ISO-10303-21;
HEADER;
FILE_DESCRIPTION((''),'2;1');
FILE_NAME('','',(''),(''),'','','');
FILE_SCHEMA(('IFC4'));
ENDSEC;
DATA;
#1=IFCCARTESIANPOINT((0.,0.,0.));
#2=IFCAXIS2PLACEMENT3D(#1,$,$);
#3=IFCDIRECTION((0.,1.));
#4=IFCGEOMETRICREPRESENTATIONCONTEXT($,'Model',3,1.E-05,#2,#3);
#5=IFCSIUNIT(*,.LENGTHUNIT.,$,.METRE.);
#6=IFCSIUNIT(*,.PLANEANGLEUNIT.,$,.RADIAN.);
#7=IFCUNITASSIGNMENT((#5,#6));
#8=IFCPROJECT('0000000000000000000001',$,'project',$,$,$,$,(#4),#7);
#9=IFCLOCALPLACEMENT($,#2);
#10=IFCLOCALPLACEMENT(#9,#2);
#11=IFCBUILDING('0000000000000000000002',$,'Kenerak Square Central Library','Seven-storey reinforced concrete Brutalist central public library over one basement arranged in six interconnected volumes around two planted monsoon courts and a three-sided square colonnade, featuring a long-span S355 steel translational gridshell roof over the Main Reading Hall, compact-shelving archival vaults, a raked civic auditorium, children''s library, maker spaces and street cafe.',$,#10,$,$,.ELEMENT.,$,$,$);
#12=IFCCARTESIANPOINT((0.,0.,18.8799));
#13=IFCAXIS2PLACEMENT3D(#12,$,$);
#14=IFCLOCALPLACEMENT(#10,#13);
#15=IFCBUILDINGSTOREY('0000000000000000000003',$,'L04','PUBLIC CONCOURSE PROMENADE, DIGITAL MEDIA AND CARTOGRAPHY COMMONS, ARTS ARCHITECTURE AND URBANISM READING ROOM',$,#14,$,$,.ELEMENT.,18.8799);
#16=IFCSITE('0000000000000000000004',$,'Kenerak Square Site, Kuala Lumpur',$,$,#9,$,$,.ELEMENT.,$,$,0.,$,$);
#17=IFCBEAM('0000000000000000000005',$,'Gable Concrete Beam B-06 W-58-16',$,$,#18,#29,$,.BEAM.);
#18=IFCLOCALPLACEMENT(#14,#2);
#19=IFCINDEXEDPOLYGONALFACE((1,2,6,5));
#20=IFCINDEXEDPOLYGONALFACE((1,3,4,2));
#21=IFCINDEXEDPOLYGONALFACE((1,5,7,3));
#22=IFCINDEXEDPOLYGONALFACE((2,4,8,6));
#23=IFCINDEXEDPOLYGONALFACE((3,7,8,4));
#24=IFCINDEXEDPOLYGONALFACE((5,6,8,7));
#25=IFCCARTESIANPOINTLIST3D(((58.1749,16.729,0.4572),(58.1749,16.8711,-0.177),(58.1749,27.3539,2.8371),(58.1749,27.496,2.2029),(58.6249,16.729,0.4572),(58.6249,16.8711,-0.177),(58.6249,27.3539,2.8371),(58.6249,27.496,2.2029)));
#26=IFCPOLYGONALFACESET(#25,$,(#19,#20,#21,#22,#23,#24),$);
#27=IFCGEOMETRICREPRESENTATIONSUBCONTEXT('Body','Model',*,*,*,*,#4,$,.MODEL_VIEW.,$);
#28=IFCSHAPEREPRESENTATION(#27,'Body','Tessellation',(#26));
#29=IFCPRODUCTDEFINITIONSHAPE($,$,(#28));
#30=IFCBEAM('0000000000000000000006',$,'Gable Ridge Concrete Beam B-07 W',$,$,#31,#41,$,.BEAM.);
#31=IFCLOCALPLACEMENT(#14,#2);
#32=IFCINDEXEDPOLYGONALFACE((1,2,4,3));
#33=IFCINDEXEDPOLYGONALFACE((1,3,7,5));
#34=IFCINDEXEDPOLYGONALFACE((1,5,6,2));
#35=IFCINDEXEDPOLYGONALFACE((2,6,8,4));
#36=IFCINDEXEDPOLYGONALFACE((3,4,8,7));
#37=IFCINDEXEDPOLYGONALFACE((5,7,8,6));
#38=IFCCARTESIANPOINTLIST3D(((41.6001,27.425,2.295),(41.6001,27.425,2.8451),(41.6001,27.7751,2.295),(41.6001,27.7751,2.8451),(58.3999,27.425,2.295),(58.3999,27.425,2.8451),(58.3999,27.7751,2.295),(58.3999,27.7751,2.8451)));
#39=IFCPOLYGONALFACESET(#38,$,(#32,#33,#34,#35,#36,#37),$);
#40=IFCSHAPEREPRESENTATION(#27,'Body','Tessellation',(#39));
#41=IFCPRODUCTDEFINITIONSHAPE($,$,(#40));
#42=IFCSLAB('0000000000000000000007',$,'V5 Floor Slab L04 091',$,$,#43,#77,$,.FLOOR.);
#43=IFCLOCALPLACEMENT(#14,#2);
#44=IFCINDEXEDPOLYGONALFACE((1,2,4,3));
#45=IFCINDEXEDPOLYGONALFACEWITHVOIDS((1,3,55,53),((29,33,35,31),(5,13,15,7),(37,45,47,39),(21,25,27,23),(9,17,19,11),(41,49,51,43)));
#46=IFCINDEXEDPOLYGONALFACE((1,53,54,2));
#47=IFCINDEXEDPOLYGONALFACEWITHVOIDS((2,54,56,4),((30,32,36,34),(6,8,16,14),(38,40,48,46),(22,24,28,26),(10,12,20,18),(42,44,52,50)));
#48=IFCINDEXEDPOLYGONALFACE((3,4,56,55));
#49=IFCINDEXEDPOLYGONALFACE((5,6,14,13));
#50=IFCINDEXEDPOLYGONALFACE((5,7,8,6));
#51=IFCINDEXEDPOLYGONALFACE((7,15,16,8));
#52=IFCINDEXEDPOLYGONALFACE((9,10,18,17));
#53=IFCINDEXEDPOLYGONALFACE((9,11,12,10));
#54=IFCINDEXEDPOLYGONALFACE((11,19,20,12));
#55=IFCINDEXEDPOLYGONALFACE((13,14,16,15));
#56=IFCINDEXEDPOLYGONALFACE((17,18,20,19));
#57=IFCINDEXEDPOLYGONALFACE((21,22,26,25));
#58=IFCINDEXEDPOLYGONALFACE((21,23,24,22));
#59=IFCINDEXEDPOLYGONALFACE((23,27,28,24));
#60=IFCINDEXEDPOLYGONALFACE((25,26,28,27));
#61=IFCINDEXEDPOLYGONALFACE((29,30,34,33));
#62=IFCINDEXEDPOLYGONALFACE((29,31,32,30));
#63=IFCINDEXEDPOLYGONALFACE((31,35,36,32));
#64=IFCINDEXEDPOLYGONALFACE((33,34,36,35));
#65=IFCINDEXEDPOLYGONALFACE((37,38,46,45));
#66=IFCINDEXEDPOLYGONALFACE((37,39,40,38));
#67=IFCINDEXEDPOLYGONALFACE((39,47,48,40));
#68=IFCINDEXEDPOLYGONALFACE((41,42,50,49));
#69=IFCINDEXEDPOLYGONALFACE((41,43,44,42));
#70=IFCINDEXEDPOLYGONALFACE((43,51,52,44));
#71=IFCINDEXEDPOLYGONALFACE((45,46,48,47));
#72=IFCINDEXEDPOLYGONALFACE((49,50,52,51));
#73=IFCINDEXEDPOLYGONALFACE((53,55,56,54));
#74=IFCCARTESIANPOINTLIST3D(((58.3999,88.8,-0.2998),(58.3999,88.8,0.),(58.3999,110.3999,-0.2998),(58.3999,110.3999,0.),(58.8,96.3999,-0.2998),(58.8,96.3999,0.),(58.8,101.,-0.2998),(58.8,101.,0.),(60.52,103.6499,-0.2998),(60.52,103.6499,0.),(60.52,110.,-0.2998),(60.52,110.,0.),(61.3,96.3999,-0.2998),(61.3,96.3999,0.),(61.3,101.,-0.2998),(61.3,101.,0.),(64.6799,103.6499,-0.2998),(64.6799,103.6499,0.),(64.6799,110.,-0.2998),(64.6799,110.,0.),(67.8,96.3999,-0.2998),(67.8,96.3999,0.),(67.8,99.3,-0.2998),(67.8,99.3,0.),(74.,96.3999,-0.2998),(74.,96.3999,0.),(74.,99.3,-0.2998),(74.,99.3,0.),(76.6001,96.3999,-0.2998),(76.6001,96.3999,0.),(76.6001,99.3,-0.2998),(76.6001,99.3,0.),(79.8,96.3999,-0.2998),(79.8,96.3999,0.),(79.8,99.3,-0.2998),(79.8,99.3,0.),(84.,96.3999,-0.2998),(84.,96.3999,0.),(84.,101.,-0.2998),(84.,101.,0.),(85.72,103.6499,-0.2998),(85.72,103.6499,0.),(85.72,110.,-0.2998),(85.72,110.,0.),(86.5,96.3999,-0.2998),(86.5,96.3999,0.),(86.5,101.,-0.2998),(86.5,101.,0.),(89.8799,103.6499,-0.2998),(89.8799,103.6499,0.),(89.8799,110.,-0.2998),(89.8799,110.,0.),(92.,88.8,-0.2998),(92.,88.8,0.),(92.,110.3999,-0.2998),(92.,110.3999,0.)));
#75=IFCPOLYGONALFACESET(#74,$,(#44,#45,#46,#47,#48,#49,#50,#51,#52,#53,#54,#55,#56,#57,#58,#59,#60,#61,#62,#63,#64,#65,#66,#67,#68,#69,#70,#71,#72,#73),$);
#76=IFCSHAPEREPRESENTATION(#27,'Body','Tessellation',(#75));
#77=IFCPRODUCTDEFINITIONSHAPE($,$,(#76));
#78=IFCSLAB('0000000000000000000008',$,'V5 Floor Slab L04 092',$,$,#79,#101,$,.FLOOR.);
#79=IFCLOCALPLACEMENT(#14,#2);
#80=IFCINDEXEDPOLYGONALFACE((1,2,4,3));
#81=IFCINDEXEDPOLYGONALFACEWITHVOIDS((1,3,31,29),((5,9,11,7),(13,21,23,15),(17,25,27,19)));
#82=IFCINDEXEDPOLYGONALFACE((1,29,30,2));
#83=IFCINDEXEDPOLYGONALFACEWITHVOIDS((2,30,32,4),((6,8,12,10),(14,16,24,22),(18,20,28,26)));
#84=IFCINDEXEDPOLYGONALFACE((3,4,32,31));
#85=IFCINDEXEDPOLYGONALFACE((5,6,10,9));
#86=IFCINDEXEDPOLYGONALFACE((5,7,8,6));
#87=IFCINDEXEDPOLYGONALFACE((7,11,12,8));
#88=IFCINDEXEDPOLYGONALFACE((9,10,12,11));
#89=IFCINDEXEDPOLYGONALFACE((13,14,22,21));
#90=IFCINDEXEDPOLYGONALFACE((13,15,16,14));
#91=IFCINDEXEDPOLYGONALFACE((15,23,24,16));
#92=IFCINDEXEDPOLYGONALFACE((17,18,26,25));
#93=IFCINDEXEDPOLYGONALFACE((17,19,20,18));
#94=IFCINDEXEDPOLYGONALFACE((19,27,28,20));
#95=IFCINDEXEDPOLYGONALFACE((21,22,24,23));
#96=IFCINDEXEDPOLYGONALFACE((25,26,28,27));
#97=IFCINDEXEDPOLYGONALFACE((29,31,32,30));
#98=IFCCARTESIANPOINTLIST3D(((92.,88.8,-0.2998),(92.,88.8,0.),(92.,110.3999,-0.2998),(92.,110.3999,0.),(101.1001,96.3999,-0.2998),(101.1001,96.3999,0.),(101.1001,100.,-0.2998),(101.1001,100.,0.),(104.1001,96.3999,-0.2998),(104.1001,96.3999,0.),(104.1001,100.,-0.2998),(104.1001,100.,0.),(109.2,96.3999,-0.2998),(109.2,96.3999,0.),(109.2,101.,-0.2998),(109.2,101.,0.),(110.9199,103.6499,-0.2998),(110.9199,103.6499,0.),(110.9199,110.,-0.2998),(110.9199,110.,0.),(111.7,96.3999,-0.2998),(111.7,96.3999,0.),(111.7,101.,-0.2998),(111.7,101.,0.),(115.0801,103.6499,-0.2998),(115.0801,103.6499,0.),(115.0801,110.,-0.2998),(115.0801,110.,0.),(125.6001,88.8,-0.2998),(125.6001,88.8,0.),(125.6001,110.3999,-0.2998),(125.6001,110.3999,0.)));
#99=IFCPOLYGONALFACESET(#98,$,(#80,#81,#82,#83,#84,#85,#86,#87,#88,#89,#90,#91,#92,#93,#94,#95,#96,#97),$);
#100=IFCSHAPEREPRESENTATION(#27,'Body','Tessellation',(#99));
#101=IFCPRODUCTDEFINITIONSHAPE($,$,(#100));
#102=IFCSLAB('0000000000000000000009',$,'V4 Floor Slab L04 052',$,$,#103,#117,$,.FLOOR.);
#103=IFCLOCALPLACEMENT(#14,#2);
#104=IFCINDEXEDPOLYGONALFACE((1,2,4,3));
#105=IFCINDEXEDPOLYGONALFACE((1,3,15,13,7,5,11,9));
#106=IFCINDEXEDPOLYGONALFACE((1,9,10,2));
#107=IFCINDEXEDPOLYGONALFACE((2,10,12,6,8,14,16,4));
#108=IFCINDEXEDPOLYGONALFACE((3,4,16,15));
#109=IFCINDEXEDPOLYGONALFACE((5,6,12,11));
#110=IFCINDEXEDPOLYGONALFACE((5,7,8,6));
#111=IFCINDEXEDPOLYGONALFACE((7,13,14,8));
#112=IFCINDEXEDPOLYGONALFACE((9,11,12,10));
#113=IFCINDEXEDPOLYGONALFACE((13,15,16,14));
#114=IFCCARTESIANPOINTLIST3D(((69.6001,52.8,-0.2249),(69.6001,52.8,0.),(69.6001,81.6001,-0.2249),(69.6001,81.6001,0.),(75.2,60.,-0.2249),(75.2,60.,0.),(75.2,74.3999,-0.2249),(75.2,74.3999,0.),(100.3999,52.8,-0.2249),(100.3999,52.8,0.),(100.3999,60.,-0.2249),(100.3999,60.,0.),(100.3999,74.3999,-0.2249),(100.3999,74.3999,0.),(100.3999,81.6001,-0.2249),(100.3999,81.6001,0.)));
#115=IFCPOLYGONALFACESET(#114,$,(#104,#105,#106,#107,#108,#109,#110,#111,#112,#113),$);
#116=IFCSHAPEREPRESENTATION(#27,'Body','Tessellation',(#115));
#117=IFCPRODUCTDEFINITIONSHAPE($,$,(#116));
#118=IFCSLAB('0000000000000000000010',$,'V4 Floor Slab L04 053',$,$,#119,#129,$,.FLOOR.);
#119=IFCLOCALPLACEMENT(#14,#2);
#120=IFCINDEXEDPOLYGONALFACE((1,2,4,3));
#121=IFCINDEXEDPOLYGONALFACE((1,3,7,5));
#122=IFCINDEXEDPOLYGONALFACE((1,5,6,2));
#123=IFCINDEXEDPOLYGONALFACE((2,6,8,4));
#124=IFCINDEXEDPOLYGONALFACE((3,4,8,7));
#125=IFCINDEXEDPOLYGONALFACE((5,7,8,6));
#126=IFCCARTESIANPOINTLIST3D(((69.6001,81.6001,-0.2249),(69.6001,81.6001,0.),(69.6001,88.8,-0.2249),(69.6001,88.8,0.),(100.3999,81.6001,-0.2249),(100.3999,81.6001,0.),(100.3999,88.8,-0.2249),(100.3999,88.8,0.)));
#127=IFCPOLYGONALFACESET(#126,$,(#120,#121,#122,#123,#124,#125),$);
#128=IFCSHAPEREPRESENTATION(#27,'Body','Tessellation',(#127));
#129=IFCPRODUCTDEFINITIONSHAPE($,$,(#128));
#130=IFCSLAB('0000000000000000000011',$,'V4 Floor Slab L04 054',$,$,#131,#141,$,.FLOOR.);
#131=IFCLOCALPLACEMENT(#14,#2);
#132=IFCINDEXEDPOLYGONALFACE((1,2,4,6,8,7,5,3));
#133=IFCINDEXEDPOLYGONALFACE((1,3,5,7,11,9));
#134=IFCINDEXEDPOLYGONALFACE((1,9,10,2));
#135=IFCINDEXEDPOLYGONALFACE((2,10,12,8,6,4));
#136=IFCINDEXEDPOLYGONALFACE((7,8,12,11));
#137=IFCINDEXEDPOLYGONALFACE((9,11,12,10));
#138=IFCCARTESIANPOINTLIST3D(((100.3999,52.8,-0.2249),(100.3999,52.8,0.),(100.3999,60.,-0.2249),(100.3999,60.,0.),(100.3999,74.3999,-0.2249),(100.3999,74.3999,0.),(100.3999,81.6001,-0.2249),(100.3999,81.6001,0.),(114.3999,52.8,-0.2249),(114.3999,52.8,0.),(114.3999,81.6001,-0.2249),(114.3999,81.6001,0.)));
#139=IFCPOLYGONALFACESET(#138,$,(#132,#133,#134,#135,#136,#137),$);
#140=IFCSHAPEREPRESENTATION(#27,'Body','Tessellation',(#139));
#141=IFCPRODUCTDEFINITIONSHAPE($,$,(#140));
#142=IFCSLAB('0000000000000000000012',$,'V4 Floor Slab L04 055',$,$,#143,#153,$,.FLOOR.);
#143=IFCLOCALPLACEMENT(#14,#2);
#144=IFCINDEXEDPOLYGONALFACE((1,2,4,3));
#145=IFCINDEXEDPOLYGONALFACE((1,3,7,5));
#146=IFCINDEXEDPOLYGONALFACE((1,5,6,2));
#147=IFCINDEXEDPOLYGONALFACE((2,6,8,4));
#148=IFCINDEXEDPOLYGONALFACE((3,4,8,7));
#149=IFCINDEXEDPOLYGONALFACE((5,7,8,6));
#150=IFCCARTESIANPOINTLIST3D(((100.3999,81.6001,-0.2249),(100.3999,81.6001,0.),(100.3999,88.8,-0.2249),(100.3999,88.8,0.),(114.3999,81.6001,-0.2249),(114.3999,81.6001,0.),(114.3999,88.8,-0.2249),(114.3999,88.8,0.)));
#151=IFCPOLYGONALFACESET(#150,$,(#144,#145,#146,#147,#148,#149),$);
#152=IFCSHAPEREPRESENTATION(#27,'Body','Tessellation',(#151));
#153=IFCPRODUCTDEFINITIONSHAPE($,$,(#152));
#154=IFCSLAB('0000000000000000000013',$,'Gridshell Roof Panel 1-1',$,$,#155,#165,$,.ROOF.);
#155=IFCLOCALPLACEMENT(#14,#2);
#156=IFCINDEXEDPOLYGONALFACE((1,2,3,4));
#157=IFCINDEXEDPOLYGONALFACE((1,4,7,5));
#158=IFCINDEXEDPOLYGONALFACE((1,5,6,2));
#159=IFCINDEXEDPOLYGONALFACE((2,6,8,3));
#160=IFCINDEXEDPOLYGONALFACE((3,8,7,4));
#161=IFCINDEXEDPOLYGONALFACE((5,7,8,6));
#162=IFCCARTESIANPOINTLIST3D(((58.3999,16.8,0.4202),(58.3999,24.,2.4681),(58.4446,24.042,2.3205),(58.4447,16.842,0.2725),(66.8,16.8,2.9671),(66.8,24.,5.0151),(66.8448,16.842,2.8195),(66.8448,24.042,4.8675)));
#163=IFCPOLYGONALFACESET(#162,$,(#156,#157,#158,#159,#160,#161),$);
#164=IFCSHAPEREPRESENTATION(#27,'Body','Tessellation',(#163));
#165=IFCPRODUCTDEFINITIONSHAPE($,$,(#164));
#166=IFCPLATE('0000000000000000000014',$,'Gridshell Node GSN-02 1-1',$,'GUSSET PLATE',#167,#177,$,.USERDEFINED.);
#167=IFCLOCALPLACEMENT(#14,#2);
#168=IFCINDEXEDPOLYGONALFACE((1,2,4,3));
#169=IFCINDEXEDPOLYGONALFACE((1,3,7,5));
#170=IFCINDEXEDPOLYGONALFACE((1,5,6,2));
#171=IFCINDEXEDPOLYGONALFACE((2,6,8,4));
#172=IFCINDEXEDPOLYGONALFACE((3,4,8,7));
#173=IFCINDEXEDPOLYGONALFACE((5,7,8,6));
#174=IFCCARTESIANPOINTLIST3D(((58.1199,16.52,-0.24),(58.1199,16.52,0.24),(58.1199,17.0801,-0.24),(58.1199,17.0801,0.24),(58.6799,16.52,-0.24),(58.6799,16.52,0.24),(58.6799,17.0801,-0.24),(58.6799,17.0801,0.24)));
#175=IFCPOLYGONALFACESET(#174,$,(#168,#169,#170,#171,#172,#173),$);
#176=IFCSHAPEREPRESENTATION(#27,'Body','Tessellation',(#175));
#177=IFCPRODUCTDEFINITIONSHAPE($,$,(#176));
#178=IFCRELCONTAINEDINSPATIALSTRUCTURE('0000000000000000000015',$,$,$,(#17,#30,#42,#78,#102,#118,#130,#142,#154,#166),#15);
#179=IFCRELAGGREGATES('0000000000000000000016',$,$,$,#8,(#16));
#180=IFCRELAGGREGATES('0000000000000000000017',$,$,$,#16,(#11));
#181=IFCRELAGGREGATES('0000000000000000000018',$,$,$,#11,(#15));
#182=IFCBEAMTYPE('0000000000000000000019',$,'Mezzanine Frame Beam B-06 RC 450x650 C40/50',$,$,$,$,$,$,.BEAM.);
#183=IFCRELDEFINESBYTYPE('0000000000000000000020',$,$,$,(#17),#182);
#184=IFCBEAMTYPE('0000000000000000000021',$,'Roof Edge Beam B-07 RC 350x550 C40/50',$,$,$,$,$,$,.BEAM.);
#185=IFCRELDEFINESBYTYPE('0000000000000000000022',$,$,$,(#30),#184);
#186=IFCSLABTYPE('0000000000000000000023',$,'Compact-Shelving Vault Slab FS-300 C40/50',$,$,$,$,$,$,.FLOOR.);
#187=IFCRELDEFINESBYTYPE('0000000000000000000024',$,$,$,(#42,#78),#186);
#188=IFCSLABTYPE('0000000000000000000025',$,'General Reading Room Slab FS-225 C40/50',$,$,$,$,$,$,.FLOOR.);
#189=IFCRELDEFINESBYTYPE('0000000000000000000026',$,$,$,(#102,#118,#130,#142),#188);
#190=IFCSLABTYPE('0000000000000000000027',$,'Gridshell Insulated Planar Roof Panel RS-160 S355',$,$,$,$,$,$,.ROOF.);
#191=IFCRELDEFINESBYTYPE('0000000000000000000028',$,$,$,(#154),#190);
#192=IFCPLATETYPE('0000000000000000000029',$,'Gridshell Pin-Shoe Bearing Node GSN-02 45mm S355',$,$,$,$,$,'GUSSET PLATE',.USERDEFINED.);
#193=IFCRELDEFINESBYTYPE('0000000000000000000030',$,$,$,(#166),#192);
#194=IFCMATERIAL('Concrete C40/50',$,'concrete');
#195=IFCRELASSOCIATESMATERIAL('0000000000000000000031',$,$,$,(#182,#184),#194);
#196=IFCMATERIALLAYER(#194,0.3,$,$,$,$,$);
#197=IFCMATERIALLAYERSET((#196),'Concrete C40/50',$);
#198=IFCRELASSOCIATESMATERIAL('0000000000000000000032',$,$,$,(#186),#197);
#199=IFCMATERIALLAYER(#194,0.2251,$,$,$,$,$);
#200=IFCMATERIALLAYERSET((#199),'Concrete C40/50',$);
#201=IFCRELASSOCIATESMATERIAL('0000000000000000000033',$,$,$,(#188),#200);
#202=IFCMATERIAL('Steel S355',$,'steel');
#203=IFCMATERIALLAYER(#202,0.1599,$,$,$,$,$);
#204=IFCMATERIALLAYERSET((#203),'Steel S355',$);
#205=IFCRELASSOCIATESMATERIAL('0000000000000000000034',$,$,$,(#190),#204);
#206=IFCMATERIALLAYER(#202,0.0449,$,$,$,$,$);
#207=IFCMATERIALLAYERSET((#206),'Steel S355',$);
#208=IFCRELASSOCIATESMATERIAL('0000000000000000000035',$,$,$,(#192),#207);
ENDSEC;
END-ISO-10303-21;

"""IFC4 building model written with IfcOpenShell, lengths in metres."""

from ifc_helpers import new_model, si_unit, direction, frame, origin, origin_2d, place, context, subcontext, project, spatial, polyline, rectangle, outline, extrude, material, layer, layer_set, material_profile, profile_set, type_object, element, save


model = new_model("IFC4")

# Units and contexts
model_context = context("Model", 3, precision=1e-05, world=origin(), true_north=direction((0.0, 1.0)))
body_context = subcontext(model_context, "Body", "Model", "MODEL_VIEW")
ifc_project = project(units=[si_unit("LENGTHUNIT", "METRE"), si_unit("PLANEANGLEUNIT", "RADIAN")], contexts=[model_context])

# Site, building, storey
site_placement = place(None, origin())
site = spatial("IfcSite", under=ifc_project, at=site_placement, Name="Kenerak Square Site, Kuala Lumpur", CompositionType="ELEMENT", RefElevation=0.0)
building_placement = place(site_placement, origin())
building = spatial("IfcBuilding", under=site, at=building_placement, Name="Kenerak Square Central Library", Description="Seven-storey reinforced concrete Brutalist central public library over one basement arranged in six interconnected volumes around two planted monsoon courts and a three-sided square colonnade, featuring a long-span S355 steel translational gridshell roof over the Main Reading Hall, compact-shelving archival vaults, a raked civic auditorium, children's library, maker spaces and street cafe.", CompositionType="ELEMENT")
storey_placement = place(building_placement, frame((0.0, 0.0, 18.8799)))
storey = spatial("IfcBuildingStorey", under=building, at=storey_placement, Name="L04", Description="PUBLIC CONCOURSE PROMENADE, DIGITAL MEDIA AND CARTOGRAPHY COMMONS, ARTS ARCHITECTURE AND URBANISM READING ROOM", CompositionType="ELEMENT", Elevation=18.8799)

# Shared definitions
ifc_material_1 = material(Name="Concrete C40/50", Category="concrete")

# Shared definitions
ifc_material_2 = material(Name="Steel S355", Category="steel")

# Beams
ifc_material_profile_1 = material_profile(ifc_material_1, rectangle(XDim=0.45, YDim=0.6499, at=origin_2d()), Name="RC 450x650")
ifc_profile_set_1 = profile_set([ifc_material_profile_1], Name="Concrete C40/50")
beam_type_1 = type_object("IfcBeamType", Name="Mezzanine Frame Beam B-06 RC 450x650 C40/50", PredefinedType="BEAM", material=ifc_profile_set_1)
for number, where, z_axis, x_axis, name in (
    (1, (58.3999, 16.8, 0.1401), (0.0, 0.975821, 0.218573), (-1.0, 0.0, 0.0), "Gable Concrete Beam B-06 W-58-16"),
):
    element("IfcBeam", number, at=place(storey_placement, frame(where, z_axis=z_axis, x_axis=x_axis)), inside=storey, type_object=beam_type_1, Name=name, PredefinedType="BEAM", context=body_context, shape_type="SweptSolid", body=[
        extrude(rectangle(XDim=0.45, YDim=0.6499, at=origin_2d()), origin(), (0.0, 0.0, 1.0), 10.8882),
    ])
ifc_material_profile_2 = material_profile(ifc_material_1, rectangle(XDim=0.3501, YDim=0.55, at=origin_2d()), Name="RC 350x550")
ifc_profile_set_2 = profile_set([ifc_material_profile_2], Name="Concrete C40/50")
beam_type_2 = type_object("IfcBeamType", Name="Roof Edge Beam B-07 RC 350x550 C40/50", PredefinedType="BEAM", material=ifc_profile_set_2)
beam_placement = place(storey_placement, frame((41.6001, 27.6001, 2.5701), z_axis=(1.0, 0.0, 0.0), x_axis=(0.0, 1.0, 0.0)))
element("IfcBeam", 2, at=beam_placement, inside=storey, type_object=beam_type_2, Name="Gable Ridge Concrete Beam B-07 W", PredefinedType="BEAM", context=body_context, shape_type="SweptSolid", body=[
    extrude(rectangle(XDim=0.3501, YDim=0.55, at=origin_2d()), origin(), (0.0, 0.0, 1.0), 16.7998),
])

# Slabs
ifc_layer_1 = layer(ifc_material_1, 0.3)
ifc_layer_set_1 = layer_set([ifc_layer_1], Name="Concrete C40/50")
slab_type_1 = type_object("IfcSlabType", Name="Compact-Shelving Vault Slab FS-300 C40/50", PredefinedType="FLOOR", material=ifc_layer_set_1)
slab_1_placement = place(storey_placement, frame((0.0, 0.0, -0.2998)))
element("IfcSlab", 3, at=slab_1_placement, inside=storey, type_object=slab_type_1, Name="V5 Floor Slab L04 091", PredefinedType="FLOOR", context=body_context, shape_type="SweptSolid", body=[
    extrude(outline(polyline([(58.3999, 88.8), (58.3999, 110.3999), (92.0, 110.3999), (92.0, 88.8), (58.3999, 88.8)]), holes=[polyline([(64.6799, 103.6499), (64.6799, 110.0), (60.52, 110.0), (60.52, 103.6499), (64.6799, 103.6499)]), polyline([(89.8799, 103.6499), (89.8799, 110.0), (85.72, 110.0), (85.72, 103.6499), (89.8799, 103.6499)]), polyline([(67.8, 96.3999), (74.0, 96.3999), (74.0, 99.3), (67.8, 99.3), (67.8, 96.3999)]), polyline([(76.6001, 96.3999), (79.8, 96.3999), (79.8, 99.3), (76.6001, 99.3), (76.6001, 96.3999)]), polyline([(58.8, 96.3999), (61.3, 96.3999), (61.3, 101.0), (58.8, 101.0), (58.8, 96.3999)]), polyline([(84.0, 96.3999), (86.5, 96.3999), (86.5, 101.0), (84.0, 101.0), (84.0, 96.3999)])]), origin(), (0.0, 0.0, 1.0), 0.2998),
])
slab_2_placement = place(storey_placement, frame((0.0, 0.0, -0.2998)))
element("IfcSlab", 4, at=slab_2_placement, inside=storey, type_object=slab_type_1, Name="V5 Floor Slab L04 092", PredefinedType="FLOOR", context=body_context, shape_type="SweptSolid", body=[
    extrude(outline(polyline([(92.0, 88.8), (92.0, 110.3999), (125.6001, 110.3999), (125.6001, 88.8), (92.0, 88.8)]), holes=[polyline([(115.0801, 103.6499), (115.0801, 110.0), (110.9199, 110.0), (110.9199, 103.6499), (115.0801, 103.6499)]), polyline([(109.2, 96.3999), (111.7, 96.3999), (111.7, 101.0), (109.2, 101.0), (109.2, 96.3999)]), polyline([(101.1001, 96.3999), (104.1001, 96.3999), (104.1001, 100.0), (101.1001, 100.0), (101.1001, 96.3999)])]), origin(), (0.0, 0.0, 1.0), 0.2998),
])
ifc_layer_2 = layer(ifc_material_1, 0.2251)
ifc_layer_set_2 = layer_set([ifc_layer_2], Name="Concrete C40/50")
slab_type_2 = type_object("IfcSlabType", Name="General Reading Room Slab FS-225 C40/50", PredefinedType="FLOOR", material=ifc_layer_set_2)
slab_3_placement = place(storey_placement, frame((0.0, 0.0, -0.2249)))
element("IfcSlab", 5, at=slab_3_placement, inside=storey, type_object=slab_type_2, Name="V4 Floor Slab L04 052", PredefinedType="FLOOR", context=body_context, shape_type="SweptSolid", body=[
    extrude(outline(polyline([(100.3999, 52.8), (69.6001, 52.8), (69.6001, 81.6001), (100.3999, 81.6001), (100.3999, 74.3999), (75.2, 74.3999), (75.2, 60.0), (100.3999, 60.0), (100.3999, 52.8)])), origin(), (0.0, 0.0, 1.0), 0.2249),
])
slab_4_placement = place(storey_placement, frame((0.0, 0.0, -0.2249)))
element("IfcSlab", 6, at=slab_4_placement, inside=storey, type_object=slab_type_2, Name="V4 Floor Slab L04 053", PredefinedType="FLOOR", context=body_context, shape_type="SweptSolid", body=[
    extrude(outline(polyline([(69.6001, 81.6001), (69.6001, 88.8), (100.3999, 88.8), (100.3999, 81.6001), (69.6001, 81.6001)])), origin(), (0.0, 0.0, 1.0), 0.2249),
])
slab_5_placement = place(storey_placement, frame((0.0, 0.0, -0.2249)))
element("IfcSlab", 7, at=slab_5_placement, inside=storey, type_object=slab_type_2, Name="V4 Floor Slab L04 054", PredefinedType="FLOOR", context=body_context, shape_type="SweptSolid", body=[
    extrude(outline(polyline([(100.3999, 81.6001), (114.3999, 81.6001), (114.3999, 52.8), (100.3999, 52.8), (100.3999, 60.0), (100.3999, 74.3999), (100.3999, 81.6001)])), origin(), (0.0, 0.0, 1.0), 0.2249),
])
slab_6_placement = place(storey_placement, frame((0.0, 0.0, -0.2249)))
element("IfcSlab", 8, at=slab_6_placement, inside=storey, type_object=slab_type_2, Name="V4 Floor Slab L04 055", PredefinedType="FLOOR", context=body_context, shape_type="SweptSolid", body=[
    extrude(outline(polyline([(100.3999, 81.6001), (100.3999, 88.8), (114.3999, 88.8), (114.3999, 81.6001), (100.3999, 81.6001)])), origin(), (0.0, 0.0, 1.0), 0.2249),
])
ifc_layer_3 = layer(ifc_material_2, 0.1599)
ifc_layer_set_3 = layer_set([ifc_layer_3], Name="Steel S355")
slab_type_3 = type_object("IfcSlabType", Name="Gridshell Insulated Planar Roof Panel RS-160 S355", PredefinedType="ROOF", material=ifc_layer_set_3)
slab_7_placement = place(storey_placement, frame((58.3999, 16.8, 0.4202), z_axis=(-0.279977, -0.262648, 0.923379), x_axis=(0.956977, -0.000003, 0.290163)))
element("IfcSlab", 9, at=slab_7_placement, inside=storey, type_object=slab_type_3, Name="Gridshell Roof Panel 1-1", PredefinedType="ROOF", context=body_context, shape_type="SweptSolid", body=[
    extrude(outline(polyline([(0.0, 0.0), (8.7778, 0.0), (9.372, 7.462), (0.5942, 7.4619), (0.0, 0.0)])), origin(), (0.0, 0.0, -1.0), 0.1599),
])

# Plate
ifc_layer_4 = layer(ifc_material_2, 0.0449)
ifc_layer_set_4 = layer_set([ifc_layer_4], Name="Steel S355")
plate_type = type_object("IfcPlateType", Name="Gridshell Pin-Shoe Bearing Node GSN-02 45mm S355", ElementType="GUSSET PLATE", PredefinedType="USERDEFINED", material=ifc_layer_set_4)
plate_placement = place(storey_placement, frame((58.3999, 16.8, -0.24), z_axis=(0.0, 0.0, 1.0), x_axis=(1.0, 0.0, 0.0)))
element("IfcPlate", 10, at=plate_placement, inside=storey, type_object=plate_type, Name="Gridshell Node GSN-02 1-1", ObjectType="GUSSET PLATE", PredefinedType="USERDEFINED", context=body_context, shape_type="SweptSolid", body=[
    extrude(rectangle(XDim=0.5601, YDim=0.5601, at=origin_2d()), origin(), (0.0, 0.0, 1.0), 0.48),
])

save(model, "model.ifc")
